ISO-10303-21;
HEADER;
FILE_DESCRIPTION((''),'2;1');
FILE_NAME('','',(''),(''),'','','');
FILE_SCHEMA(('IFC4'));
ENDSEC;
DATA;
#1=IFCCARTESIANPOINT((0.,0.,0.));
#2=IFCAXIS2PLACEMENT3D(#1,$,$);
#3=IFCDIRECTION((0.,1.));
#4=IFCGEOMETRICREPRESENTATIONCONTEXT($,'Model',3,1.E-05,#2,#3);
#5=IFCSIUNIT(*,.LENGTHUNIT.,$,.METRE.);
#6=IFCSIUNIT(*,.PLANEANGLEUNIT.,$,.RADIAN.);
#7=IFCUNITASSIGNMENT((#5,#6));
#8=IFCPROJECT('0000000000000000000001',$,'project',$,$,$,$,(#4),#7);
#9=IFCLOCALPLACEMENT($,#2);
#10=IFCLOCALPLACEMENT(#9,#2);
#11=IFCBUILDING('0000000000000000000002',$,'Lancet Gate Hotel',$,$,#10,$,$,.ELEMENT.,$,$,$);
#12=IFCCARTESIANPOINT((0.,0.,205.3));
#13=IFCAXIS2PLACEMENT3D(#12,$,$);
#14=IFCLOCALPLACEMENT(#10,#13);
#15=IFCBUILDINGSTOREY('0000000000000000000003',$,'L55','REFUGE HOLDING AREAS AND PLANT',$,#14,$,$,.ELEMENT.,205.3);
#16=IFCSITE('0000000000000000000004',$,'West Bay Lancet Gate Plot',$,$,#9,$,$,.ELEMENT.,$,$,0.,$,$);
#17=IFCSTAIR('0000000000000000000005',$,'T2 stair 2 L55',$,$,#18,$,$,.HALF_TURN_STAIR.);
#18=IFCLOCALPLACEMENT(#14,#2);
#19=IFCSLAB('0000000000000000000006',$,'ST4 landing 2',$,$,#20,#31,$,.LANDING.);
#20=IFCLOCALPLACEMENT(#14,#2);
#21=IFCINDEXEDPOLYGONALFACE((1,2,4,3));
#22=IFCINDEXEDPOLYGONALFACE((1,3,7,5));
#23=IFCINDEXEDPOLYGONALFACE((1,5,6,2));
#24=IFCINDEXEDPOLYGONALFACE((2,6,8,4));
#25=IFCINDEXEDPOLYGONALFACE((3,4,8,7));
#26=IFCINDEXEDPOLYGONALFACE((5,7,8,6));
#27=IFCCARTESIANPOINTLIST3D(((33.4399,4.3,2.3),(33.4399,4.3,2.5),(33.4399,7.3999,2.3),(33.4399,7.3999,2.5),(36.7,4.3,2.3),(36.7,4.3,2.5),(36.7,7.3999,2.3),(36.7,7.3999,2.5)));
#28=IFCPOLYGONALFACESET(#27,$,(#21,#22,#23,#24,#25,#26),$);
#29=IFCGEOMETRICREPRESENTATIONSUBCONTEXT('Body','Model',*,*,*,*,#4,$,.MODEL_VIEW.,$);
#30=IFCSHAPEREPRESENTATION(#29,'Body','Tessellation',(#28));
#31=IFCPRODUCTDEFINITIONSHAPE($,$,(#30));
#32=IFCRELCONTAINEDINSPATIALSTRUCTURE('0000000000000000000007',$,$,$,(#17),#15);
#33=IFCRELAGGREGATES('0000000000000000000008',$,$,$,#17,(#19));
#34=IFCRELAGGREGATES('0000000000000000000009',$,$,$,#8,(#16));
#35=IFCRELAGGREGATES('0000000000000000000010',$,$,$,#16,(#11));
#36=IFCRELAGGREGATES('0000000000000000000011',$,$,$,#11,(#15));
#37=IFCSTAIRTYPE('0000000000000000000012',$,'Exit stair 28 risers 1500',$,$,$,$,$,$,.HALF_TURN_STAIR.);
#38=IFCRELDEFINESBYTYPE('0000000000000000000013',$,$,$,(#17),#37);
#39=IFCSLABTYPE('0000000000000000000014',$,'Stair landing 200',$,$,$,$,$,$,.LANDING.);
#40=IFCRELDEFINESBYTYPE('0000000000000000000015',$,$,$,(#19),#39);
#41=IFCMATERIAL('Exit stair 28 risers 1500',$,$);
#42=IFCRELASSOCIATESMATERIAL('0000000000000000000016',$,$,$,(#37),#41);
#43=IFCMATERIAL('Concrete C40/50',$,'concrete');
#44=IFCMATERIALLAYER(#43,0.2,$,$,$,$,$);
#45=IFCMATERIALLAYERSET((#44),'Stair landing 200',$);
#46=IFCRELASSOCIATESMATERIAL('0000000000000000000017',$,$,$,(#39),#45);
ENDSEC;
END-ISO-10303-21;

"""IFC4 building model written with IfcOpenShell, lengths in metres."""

from ifc_helpers import new_model, si_unit, direction, frame, origin, place, context, subcontext, project, spatial, polyline, outline, extrude, material, layer, layer_set, type_object, element, aggregate, save


model = new_model("IFC4")

# Units and contexts
model_context = context("Model", 3, precision=1e-05, world=origin(), true_north=direction((0.0, 1.0)))
body_context = subcontext(model_context, "Body", "Model", "MODEL_VIEW")
ifc_project = project(units=[si_unit("LENGTHUNIT", "METRE"), si_unit("PLANEANGLEUNIT", "RADIAN")], contexts=[model_context])

# Site, building, storey
site_placement = place(None, origin())
site = spatial("IfcSite", under=ifc_project, at=site_placement, Name="West Bay Lancet Gate Plot", CompositionType="ELEMENT", RefElevation=0.0)
building_placement = place(site_placement, origin())
building = spatial("IfcBuilding", under=site, at=building_placement, Name="Lancet Gate Hotel", CompositionType="ELEMENT")
storey_placement = place(building_placement, frame((0.0, 0.0, 205.3)))
storey = spatial("IfcBuildingStorey", under=building, at=storey_placement, Name="L55", Description="REFUGE HOLDING AREAS AND PLANT", CompositionType="ELEMENT", Elevation=205.3)

# Stair, slab
ifc_material_1 = material(Name="Exit stair 28 risers 1500")
stair_type = type_object("IfcStairType", Name="Exit stair 28 risers 1500", PredefinedType="HALF_TURN_STAIR", material=ifc_material_1)
ifc_material_2 = material(Name="Concrete C40/50", Category="concrete")
ifc_layer_1 = layer(ifc_material_2, 0.2)
ifc_layer_set_1 = layer_set([ifc_layer_1], Name="Stair landing 200")
slab_type_1 = type_object("IfcSlabType", Name="Stair landing 200", PredefinedType="LANDING", material=ifc_layer_set_1)
stair_1_placement = place(storey_placement, origin())
stair_1 = element("IfcStair", 1, at=stair_1_placement, inside=storey, type_object=stair_type, Name="T2 stair 2 L55", PredefinedType="HALF_TURN_STAIR")
slab_1_placement = place(storey_placement, frame((0.0, 0.0, 2.3)))
slab_1 = element("IfcSlab", 2, at=slab_1_placement, type_object=slab_type_1, Name="ST4 landing 2", PredefinedType="LANDING", context=body_context, shape_type="SweptSolid", body=[
    extrude(outline(polyline([(33.4399, 4.3), (36.7, 4.3), (36.7, 7.3999), (33.4399, 7.3999), (33.4399, 4.3)])), origin(), (0.0, 0.0, 1.0), 0.2),
])
aggregate(stair_1, [slab_1])

save(model, "model.ifc")
